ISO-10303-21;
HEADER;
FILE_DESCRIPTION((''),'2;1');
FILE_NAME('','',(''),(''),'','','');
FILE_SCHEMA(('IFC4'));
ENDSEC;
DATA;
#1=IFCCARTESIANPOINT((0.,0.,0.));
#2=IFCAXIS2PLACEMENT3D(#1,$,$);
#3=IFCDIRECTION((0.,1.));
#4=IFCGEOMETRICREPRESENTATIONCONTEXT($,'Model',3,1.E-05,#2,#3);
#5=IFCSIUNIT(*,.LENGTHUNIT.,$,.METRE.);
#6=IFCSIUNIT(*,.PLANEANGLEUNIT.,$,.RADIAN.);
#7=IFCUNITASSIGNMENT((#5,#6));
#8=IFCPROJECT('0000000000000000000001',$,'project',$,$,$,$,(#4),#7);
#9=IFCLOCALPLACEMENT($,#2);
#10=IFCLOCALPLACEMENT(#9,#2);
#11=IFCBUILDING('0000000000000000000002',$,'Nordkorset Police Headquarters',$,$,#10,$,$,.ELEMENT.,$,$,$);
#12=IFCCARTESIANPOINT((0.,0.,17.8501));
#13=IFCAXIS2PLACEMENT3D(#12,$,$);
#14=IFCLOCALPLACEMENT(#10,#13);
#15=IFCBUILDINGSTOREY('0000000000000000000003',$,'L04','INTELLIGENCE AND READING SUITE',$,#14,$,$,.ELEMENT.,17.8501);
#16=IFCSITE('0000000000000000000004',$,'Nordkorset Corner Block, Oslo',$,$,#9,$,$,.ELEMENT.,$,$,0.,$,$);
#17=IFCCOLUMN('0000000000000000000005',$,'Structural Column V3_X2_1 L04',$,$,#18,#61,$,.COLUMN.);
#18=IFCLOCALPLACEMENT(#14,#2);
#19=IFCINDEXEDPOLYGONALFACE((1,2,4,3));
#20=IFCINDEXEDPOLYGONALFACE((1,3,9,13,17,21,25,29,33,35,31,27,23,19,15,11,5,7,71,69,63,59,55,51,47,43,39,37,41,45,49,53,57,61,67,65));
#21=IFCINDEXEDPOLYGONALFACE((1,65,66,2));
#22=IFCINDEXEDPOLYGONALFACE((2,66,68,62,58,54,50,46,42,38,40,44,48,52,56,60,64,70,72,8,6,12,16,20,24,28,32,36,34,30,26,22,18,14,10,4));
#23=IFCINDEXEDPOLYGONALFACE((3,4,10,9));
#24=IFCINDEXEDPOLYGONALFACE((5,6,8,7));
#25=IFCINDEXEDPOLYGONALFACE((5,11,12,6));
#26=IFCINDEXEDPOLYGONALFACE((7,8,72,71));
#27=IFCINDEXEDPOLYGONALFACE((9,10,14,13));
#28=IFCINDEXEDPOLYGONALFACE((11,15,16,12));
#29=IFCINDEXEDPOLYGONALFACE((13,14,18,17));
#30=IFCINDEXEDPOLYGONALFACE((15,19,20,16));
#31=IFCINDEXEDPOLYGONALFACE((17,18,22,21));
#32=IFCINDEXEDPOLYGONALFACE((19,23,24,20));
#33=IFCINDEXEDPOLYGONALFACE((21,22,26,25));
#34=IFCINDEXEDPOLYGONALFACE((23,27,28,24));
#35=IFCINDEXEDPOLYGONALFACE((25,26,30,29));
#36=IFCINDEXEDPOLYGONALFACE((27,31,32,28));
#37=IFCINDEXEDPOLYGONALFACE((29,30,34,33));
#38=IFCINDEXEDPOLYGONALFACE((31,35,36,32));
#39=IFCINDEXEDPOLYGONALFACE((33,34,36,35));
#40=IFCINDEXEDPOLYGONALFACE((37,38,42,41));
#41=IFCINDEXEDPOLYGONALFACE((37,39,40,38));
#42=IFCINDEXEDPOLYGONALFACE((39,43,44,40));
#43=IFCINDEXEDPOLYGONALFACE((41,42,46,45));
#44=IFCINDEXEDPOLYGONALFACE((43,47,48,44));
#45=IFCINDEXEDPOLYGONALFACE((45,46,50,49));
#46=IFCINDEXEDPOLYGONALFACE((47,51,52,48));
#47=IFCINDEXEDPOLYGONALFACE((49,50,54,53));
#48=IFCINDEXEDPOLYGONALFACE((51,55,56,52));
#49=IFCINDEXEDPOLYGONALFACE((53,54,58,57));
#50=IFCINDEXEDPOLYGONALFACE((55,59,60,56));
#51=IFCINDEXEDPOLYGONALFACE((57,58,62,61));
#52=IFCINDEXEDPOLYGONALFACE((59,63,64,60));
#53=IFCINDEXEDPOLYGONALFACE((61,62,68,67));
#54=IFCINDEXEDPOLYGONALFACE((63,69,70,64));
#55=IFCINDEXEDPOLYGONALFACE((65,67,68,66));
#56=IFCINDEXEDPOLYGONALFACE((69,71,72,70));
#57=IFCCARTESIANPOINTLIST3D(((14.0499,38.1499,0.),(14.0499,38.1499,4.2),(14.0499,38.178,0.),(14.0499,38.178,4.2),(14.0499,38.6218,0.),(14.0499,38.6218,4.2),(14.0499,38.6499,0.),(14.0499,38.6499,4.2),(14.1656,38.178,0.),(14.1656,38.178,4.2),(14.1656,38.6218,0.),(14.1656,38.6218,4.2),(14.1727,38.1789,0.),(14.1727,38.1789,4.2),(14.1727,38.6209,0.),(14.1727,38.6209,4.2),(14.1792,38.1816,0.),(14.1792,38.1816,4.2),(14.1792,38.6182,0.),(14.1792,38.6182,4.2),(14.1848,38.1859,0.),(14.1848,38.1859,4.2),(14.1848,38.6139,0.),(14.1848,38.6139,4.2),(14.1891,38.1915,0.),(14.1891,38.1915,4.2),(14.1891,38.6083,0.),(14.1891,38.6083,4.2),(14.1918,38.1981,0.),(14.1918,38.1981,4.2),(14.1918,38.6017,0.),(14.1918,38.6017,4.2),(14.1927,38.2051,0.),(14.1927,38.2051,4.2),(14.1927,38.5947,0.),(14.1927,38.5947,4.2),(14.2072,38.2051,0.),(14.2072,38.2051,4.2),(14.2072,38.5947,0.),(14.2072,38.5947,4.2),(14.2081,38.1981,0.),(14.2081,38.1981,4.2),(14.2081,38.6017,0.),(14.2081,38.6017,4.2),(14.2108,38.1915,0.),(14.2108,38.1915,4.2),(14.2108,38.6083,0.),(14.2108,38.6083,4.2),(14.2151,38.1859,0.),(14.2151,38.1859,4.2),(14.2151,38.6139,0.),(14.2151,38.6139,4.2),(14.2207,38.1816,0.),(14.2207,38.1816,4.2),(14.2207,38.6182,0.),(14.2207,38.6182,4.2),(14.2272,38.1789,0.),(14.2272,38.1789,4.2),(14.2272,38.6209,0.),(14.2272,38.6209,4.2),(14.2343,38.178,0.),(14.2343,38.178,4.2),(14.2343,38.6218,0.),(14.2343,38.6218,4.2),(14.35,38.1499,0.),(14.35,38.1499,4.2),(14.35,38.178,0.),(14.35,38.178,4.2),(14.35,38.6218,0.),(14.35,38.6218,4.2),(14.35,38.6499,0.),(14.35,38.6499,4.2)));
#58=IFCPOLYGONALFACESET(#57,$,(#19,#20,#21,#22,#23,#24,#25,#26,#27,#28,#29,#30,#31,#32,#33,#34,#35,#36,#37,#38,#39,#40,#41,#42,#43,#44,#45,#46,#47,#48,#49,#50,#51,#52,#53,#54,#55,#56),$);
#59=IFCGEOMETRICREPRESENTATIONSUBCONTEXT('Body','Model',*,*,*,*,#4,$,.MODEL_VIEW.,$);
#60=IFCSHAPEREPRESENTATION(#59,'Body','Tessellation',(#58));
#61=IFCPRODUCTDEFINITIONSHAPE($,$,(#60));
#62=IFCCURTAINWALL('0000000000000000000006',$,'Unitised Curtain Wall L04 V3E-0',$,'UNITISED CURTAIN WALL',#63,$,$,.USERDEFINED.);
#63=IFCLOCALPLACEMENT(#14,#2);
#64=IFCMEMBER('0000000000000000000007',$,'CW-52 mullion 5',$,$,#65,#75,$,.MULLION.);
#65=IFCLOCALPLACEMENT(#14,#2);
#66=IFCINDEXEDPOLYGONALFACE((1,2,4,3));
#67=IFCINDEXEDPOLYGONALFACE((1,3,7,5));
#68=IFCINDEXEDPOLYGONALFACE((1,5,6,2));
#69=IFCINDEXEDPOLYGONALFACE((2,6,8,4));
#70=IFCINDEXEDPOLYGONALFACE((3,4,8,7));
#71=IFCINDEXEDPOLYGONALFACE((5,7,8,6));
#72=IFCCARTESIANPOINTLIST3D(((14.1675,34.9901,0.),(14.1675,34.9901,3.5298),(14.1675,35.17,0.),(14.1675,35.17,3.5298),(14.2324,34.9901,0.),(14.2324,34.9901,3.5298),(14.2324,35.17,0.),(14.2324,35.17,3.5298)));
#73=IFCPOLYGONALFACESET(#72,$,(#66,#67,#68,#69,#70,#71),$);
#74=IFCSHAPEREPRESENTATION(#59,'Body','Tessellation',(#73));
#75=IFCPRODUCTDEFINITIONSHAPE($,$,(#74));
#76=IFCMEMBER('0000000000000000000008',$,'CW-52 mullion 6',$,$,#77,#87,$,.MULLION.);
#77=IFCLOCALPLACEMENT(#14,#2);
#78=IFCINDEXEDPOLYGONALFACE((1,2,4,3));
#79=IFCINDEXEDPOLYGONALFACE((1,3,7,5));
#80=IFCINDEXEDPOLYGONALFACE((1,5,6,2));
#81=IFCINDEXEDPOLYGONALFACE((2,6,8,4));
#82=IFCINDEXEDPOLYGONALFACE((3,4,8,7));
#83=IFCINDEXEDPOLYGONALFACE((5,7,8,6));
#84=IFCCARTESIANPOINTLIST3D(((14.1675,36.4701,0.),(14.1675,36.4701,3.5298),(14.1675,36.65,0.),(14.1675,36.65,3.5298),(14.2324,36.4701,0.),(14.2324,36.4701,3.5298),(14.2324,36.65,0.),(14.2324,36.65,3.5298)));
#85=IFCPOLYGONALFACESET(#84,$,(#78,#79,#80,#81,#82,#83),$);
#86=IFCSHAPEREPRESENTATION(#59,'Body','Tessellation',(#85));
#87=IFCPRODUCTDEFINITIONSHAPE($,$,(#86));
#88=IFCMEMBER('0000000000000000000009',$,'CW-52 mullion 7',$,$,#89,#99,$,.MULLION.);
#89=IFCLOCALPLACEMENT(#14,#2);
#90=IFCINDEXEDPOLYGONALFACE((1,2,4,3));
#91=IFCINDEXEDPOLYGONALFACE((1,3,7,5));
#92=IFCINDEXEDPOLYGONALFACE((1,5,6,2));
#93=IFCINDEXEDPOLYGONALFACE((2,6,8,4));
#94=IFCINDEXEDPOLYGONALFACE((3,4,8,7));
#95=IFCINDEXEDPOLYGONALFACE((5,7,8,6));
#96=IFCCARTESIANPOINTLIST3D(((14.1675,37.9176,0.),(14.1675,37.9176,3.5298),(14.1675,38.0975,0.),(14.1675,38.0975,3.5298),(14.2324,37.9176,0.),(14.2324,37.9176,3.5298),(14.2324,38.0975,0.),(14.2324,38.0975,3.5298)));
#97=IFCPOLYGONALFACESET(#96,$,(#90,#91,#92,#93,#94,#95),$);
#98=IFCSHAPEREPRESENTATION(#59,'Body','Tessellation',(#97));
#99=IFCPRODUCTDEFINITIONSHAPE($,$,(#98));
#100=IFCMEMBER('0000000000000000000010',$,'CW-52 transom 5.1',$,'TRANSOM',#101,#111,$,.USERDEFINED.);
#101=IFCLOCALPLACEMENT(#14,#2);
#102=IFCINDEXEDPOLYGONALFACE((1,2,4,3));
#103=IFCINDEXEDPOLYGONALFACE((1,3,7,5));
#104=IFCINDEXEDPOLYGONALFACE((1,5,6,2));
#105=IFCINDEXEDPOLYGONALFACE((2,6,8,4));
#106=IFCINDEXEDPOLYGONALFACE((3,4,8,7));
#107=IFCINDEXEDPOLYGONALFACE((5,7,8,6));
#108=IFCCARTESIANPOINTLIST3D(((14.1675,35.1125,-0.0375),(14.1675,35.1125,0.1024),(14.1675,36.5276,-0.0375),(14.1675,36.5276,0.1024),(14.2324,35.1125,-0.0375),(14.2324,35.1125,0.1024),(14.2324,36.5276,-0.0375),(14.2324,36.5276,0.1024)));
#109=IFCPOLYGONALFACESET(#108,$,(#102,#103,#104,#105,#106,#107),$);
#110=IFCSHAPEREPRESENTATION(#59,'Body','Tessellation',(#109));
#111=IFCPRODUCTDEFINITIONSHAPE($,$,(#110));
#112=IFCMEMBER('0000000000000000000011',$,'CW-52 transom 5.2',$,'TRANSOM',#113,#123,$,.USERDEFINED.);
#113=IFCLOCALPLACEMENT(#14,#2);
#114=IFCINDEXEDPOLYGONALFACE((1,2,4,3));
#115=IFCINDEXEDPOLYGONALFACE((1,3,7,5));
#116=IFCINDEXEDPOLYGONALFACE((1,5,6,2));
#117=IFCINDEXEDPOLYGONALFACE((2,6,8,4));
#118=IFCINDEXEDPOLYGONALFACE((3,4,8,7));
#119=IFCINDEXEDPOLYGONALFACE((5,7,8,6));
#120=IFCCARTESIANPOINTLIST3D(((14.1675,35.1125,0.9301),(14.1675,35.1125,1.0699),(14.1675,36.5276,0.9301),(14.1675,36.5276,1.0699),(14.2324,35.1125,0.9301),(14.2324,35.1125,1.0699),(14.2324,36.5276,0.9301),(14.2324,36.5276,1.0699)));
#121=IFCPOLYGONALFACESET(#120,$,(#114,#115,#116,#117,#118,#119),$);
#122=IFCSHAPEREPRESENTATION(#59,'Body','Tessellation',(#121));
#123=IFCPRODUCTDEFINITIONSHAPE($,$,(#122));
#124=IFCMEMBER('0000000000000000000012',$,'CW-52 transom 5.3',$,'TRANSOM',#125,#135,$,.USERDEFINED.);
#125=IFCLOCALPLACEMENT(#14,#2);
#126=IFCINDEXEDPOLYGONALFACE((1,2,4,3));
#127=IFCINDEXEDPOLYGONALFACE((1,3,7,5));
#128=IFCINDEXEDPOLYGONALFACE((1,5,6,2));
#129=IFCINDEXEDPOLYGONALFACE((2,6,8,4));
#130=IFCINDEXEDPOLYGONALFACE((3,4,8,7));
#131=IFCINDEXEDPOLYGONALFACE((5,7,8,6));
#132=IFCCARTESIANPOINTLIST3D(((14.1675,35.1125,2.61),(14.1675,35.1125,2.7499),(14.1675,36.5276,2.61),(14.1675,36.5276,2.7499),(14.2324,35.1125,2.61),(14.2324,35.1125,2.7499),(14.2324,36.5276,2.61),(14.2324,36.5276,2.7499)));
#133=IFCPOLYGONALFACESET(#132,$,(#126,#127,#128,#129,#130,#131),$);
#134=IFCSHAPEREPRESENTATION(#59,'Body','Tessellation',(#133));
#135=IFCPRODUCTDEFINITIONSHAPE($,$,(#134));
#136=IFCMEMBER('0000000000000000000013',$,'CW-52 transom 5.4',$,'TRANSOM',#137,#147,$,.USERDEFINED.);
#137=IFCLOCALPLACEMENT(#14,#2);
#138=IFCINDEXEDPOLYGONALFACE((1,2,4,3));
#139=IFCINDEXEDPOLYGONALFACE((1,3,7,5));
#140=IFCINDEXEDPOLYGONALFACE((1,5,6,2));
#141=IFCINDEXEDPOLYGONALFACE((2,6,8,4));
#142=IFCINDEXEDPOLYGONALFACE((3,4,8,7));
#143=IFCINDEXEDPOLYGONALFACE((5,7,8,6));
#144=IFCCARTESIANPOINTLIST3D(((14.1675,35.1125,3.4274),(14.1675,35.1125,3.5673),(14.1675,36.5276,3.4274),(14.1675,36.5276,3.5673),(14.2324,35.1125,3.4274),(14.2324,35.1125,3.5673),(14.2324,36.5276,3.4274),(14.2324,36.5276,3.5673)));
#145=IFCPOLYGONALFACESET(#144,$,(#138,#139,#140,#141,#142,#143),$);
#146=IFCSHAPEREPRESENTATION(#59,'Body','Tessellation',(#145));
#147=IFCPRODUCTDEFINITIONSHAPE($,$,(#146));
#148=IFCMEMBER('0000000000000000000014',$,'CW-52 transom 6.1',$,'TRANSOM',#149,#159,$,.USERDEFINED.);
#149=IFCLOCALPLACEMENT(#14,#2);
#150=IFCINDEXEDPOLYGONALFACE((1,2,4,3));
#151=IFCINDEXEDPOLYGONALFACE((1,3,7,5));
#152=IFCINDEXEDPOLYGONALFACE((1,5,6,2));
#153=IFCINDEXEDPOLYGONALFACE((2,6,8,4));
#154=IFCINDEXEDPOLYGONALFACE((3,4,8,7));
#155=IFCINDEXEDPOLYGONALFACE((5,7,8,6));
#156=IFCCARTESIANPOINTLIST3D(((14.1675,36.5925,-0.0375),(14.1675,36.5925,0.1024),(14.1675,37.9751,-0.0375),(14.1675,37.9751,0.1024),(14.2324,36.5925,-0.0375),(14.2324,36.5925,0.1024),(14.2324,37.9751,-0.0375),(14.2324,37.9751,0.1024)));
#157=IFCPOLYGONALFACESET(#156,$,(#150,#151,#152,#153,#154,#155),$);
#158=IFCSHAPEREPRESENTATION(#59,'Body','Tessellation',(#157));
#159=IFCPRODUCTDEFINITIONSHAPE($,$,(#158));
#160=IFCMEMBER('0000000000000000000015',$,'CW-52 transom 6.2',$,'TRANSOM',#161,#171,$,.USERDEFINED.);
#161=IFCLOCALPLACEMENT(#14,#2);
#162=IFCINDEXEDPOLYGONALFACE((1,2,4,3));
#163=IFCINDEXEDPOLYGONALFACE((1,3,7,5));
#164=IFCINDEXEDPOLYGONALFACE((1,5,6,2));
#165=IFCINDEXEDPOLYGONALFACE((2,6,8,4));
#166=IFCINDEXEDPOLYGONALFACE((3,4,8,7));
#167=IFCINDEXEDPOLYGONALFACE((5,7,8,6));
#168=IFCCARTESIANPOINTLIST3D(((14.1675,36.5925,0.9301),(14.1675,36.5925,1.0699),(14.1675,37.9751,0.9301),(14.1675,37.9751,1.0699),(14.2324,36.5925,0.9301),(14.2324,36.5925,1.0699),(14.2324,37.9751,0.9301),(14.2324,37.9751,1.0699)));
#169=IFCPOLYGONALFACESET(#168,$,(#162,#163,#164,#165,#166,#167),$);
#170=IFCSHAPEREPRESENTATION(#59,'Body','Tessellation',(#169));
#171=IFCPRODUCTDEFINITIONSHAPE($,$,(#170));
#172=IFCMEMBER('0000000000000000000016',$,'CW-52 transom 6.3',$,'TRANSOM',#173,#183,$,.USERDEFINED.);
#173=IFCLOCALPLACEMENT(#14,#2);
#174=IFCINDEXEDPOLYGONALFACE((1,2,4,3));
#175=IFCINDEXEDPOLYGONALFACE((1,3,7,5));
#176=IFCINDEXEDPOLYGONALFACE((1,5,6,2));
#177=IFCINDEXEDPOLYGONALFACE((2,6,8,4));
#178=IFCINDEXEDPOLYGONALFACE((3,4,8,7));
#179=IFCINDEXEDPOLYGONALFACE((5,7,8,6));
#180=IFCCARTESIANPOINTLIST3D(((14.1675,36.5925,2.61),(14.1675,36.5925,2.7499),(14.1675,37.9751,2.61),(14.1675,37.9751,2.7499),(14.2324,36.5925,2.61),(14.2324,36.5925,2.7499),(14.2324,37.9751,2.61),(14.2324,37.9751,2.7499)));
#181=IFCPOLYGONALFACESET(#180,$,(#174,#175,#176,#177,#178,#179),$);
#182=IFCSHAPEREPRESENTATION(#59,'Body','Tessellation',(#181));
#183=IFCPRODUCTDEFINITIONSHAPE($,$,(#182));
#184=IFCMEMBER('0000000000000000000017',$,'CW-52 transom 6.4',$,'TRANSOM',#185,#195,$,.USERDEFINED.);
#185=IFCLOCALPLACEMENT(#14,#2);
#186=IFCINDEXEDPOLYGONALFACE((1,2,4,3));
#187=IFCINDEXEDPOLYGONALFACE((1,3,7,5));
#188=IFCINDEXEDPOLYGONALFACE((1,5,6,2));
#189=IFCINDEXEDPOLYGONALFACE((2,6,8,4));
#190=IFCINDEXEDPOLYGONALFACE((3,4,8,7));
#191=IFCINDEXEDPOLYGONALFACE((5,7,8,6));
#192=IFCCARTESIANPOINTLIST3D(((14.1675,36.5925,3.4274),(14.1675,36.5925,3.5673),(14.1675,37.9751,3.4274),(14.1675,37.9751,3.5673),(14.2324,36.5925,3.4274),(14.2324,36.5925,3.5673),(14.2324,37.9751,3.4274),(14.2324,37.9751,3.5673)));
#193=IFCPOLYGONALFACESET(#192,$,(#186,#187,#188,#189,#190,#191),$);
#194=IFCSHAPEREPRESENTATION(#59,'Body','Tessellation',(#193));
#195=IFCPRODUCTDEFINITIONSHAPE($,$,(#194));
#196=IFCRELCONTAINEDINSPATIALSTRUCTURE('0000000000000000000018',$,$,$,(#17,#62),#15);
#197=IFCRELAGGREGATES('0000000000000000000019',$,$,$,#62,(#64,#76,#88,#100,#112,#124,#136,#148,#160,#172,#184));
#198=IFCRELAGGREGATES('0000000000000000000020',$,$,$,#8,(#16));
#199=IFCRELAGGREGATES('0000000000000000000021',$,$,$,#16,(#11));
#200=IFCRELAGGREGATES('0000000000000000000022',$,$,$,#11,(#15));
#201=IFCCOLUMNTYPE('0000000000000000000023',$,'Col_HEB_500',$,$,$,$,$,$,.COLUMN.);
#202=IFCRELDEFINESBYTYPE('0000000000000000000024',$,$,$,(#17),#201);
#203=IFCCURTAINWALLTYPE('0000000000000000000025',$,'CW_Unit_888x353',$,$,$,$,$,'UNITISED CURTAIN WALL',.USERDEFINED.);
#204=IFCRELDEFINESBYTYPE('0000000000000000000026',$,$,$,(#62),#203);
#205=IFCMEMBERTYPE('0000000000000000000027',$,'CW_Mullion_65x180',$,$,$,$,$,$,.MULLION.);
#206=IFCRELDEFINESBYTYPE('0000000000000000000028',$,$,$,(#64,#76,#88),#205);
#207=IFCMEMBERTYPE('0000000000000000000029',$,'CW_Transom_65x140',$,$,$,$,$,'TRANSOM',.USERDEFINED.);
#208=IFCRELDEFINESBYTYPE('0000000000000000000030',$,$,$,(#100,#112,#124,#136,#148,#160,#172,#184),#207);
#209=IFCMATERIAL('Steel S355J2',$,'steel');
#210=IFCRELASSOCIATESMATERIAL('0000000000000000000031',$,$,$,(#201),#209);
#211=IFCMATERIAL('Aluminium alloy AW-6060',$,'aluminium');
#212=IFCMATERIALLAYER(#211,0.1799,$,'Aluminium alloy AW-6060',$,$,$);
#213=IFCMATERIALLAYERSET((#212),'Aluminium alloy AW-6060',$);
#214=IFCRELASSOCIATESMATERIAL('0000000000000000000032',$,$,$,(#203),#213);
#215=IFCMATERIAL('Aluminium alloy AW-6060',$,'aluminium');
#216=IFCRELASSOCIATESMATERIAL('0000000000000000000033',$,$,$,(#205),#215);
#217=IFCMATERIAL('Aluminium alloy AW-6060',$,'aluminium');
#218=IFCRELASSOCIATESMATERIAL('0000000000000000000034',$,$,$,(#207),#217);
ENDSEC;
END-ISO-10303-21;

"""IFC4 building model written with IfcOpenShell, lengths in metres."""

from ifc_helpers import new_model, si_unit, direction, frame, origin, origin_2d, place, context, subcontext, project, spatial, rectangle, i_section, extrude, material, layer, layer_set, material_profile, profile_set, type_object, element, aggregate, save


model = new_model("IFC4")

# Units and contexts
model_context = context("Model", 3, precision=1e-05, world=origin(), true_north=direction((0.0, 1.0)))
body_context = subcontext(model_context, "Body", "Model", "MODEL_VIEW")
ifc_project = project(units=[si_unit("LENGTHUNIT", "METRE"), si_unit("PLANEANGLEUNIT", "RADIAN")], contexts=[model_context])

# Site, building, storey
site_placement = place(None, origin())
site = spatial("IfcSite", under=ifc_project, at=site_placement, Name="Nordkorset Corner Block, Oslo", CompositionType="ELEMENT", RefElevation=0.0)
building_placement = place(site_placement, origin())
building = spatial("IfcBuilding", under=site, at=building_placement, Name="Nordkorset Police Headquarters", CompositionType="ELEMENT")
storey_placement = place(building_placement, frame((0.0, 0.0, 17.8501)))
storey = spatial("IfcBuildingStorey", under=building, at=storey_placement, Name="L04", Description="INTELLIGENCE AND READING SUITE", CompositionType="ELEMENT", Elevation=17.8501)

# Column
ifc_material_1 = material(Name="Steel S355J2", Category="steel")
ifc_material_profile_1 = material_profile(ifc_material_1, i_section(OverallWidth=0.3, OverallDepth=0.5, WebThickness=0.0144, FlangeThickness=0.0281, FilletRadius=0.0271, at=origin_2d()), Name="HEB 500")
ifc_profile_set_1 = profile_set([ifc_material_profile_1], Name="Steel S355J2")
column_type = type_object("IfcColumnType", Name="Col_HEB_500", PredefinedType="COLUMN", material=ifc_profile_set_1)
column_placement = place(storey_placement, frame((14.2, 38.3999, 0.0), z_axis=(0.0, 0.0, 1.0), x_axis=(1.0, 0.0, 0.0)))
element("IfcColumn", 1, at=column_placement, inside=storey, type_object=column_type, Name="Structural Column V3_X2_1 L04", PredefinedType="COLUMN", context=body_context, shape_type="SweptSolid", body=[
    extrude(i_section(OverallWidth=0.3, OverallDepth=0.5, WebThickness=0.0144, FlangeThickness=0.0281, FilletRadius=0.0271, at=origin_2d()), origin(), (0.0, 0.0, 1.0), 4.2),
])

# Curtain wall, members
ifc_material_2 = material(Name="Aluminium alloy AW-6060", Category="aluminium")
ifc_layer_1 = layer(ifc_material_2, 0.1799, Name="Aluminium alloy AW-6060")
ifc_layer_set_1 = layer_set([ifc_layer_1], Name="Aluminium alloy AW-6060")
curtain_wall_type = type_object("IfcCurtainWallType", Name="CW_Unit_888x353", ElementType="UNITISED CURTAIN WALL", PredefinedType="USERDEFINED", material=ifc_layer_set_1)
curtain_wall_placement = place(storey_placement, origin())
curtain_wall = element("IfcCurtainWall", 2, at=curtain_wall_placement, inside=storey, type_object=curtain_wall_type, Name="Unitised Curtain Wall L04 V3E-0", ObjectType="UNITISED CURTAIN WALL", PredefinedType="USERDEFINED")
ifc_material_3 = material(Name="Aluminium alloy AW-6060", Category="aluminium")
ifc_material_profile_2 = material_profile(ifc_material_3, rectangle(XDim=0.0649, YDim=0.1799, at=origin_2d()), Name="ALU MULL 65x180")
ifc_profile_set_2 = profile_set([ifc_material_profile_2], Name="Aluminium alloy AW-6060")
member_type_1 = type_object("IfcMemberType", Name="CW_Mullion_65x180", PredefinedType="MULLION", material=ifc_profile_set_2)
member_1_placement = place(storey_placement, frame((14.2, 35.0801, 0.0), z_axis=(0.0, 0.0, 1.0), x_axis=(-1.0, 0.0, 0.0)))
member_1 = element("IfcMember", 3, at=member_1_placement, type_object=member_type_1, Name="CW-52 mullion 5", PredefinedType="MULLION", context=body_context, shape_type="SweptSolid", body=[
    extrude(rectangle(XDim=0.0649, YDim=0.1799, at=origin_2d()), origin(), (0.0, 0.0, 1.0), 3.5298),
])
member_2_placement = place(storey_placement, frame((14.2, 36.5601, 0.0), z_axis=(0.0, 0.0, 1.0), x_axis=(-1.0, 0.0, 0.0)))
member_2 = element("IfcMember", 4, at=member_2_placement, type_object=member_type_1, Name="CW-52 mullion 6", PredefinedType="MULLION", context=body_context, shape_type="SweptSolid", body=[
    extrude(rectangle(XDim=0.0649, YDim=0.1799, at=origin_2d()), origin(), (0.0, 0.0, 1.0), 3.5298),
])
member_3_placement = place(storey_placement, frame((14.2, 38.0076, 0.0), z_axis=(0.0, 0.0, 1.0), x_axis=(-1.0, 0.0, 0.0)))
member_3 = element("IfcMember", 5, at=member_3_placement, type_object=member_type_1, Name="CW-52 mullion 7", PredefinedType="MULLION", context=body_context, shape_type="SweptSolid", body=[
    extrude(rectangle(XDim=0.0649, YDim=0.1799, at=origin_2d()), origin(), (0.0, 0.0, 1.0), 3.5298),
])
ifc_material_4 = material(Name="Aluminium alloy AW-6060", Category="aluminium")
ifc_material_profile_3 = material_profile(ifc_material_4, rectangle(XDim=0.0649, YDim=0.1399, at=origin_2d()), Name="ALU TRAN 65x140")
ifc_profile_set_3 = profile_set([ifc_material_profile_3], Name="Aluminium alloy AW-6060")
member_type_2 = type_object("IfcMemberType", Name="CW_Transom_65x140", ElementType="TRANSOM", PredefinedType="USERDEFINED", material=ifc_profile_set_3)
member_4_placement = place(storey_placement, frame((14.2, 35.1125, 0.0325), z_axis=(0.0, 1.0, 0.0), x_axis=(-1.0, 0.0, 0.0)))
member_4 = element("IfcMember", 6, at=member_4_placement, type_object=member_type_2, Name="CW-52 transom 5.1", ObjectType="TRANSOM", PredefinedType="USERDEFINED", context=body_context, shape_type="SweptSolid", body=[
    extrude(rectangle(XDim=0.0649, YDim=0.1399, at=origin_2d()), origin(), (0.0, 0.0, 1.0), 1.415),
])
member_5_placement = place(storey_placement, frame((14.2, 35.1125, 1.0), z_axis=(0.0, 1.0, 0.0), x_axis=(-1.0, 0.0, 0.0)))
member_5 = element("IfcMember", 7, at=member_5_placement, type_object=member_type_2, Name="CW-52 transom 5.2", ObjectType="TRANSOM", PredefinedType="USERDEFINED", context=body_context, shape_type="SweptSolid", body=[
    extrude(rectangle(XDim=0.0649, YDim=0.1399, at=origin_2d()), origin(), (0.0, 0.0, 1.0), 1.415),
])
member_6_placement = place(storey_placement, frame((14.2, 35.1125, 2.6799), z_axis=(0.0, 1.0, 0.0), x_axis=(-1.0, 0.0, 0.0)))
member_6 = element("IfcMember", 8, at=member_6_placement, type_object=member_type_2, Name="CW-52 transom 5.3", ObjectType="TRANSOM", PredefinedType="USERDEFINED", context=body_context, shape_type="SweptSolid", body=[
    extrude(rectangle(XDim=0.0649, YDim=0.1399, at=origin_2d()), origin(), (0.0, 0.0, 1.0), 1.415),
])
member_7_placement = place(storey_placement, frame((14.2, 35.1125, 3.4973), z_axis=(0.0, 1.0, 0.0), x_axis=(-1.0, 0.0, 0.0)))
member_7 = element("IfcMember", 9, at=member_7_placement, type_object=member_type_2, Name="CW-52 transom 5.4", ObjectType="TRANSOM", PredefinedType="USERDEFINED", context=body_context, shape_type="SweptSolid", body=[
    extrude(rectangle(XDim=0.0649, YDim=0.1399, at=origin_2d()), origin(), (0.0, 0.0, 1.0), 1.415),
])
member_8_placement = place(storey_placement, frame((14.2, 36.5925, 0.0325), z_axis=(0.0, 1.0, 0.0), x_axis=(-1.0, 0.0, 0.0)))
member_8 = element("IfcMember", 10, at=member_8_placement, type_object=member_type_2, Name="CW-52 transom 6.1", ObjectType="TRANSOM", PredefinedType="USERDEFINED", context=body_context, shape_type="SweptSolid", body=[
    extrude(rectangle(XDim=0.0649, YDim=0.1399, at=origin_2d()), origin(), (0.0, 0.0, 1.0), 1.3826),
])
member_9_placement = place(storey_placement, frame((14.2, 36.5925, 1.0), z_axis=(0.0, 1.0, 0.0), x_axis=(-1.0, 0.0, 0.0)))
member_9 = element("IfcMember", 11, at=member_9_placement, type_object=member_type_2, Name="CW-52 transom 6.2", ObjectType="TRANSOM", PredefinedType="USERDEFINED", context=body_context, shape_type="SweptSolid", body=[
    extrude(rectangle(XDim=0.0649, YDim=0.1399, at=origin_2d()), origin(), (0.0, 0.0, 1.0), 1.3826),
])
member_10_placement = place(storey_placement, frame((14.2, 36.5925, 2.6799), z_axis=(0.0, 1.0, 0.0), x_axis=(-1.0, 0.0, 0.0)))
member_10 = element("IfcMember", 12, at=member_10_placement, type_object=member_type_2, Name="CW-52 transom 6.3", ObjectType="TRANSOM", PredefinedType="USERDEFINED", context=body_context, shape_type="SweptSolid", body=[
    extrude(rectangle(XDim=0.0649, YDim=0.1399, at=origin_2d()), origin(), (0.0, 0.0, 1.0), 1.3826),
])
member_11_placement = place(storey_placement, frame((14.2, 36.5925, 3.4973), z_axis=(0.0, 1.0, 0.0), x_axis=(-1.0, 0.0, 0.0)))
member_11 = element("IfcMember", 13, at=member_11_placement, type_object=member_type_2, Name="CW-52 transom 6.4", ObjectType="TRANSOM", PredefinedType="USERDEFINED", context=body_context, shape_type="SweptSolid", body=[
    extrude(rectangle(XDim=0.0649, YDim=0.1399, at=origin_2d()), origin(), (0.0, 0.0, 1.0), 1.3826),
])

aggregate(curtain_wall, [member_1, member_2, member_3, member_4, member_5, member_6, member_7, member_8, member_9, member_10, member_11])

save(model, "model.ifc")
